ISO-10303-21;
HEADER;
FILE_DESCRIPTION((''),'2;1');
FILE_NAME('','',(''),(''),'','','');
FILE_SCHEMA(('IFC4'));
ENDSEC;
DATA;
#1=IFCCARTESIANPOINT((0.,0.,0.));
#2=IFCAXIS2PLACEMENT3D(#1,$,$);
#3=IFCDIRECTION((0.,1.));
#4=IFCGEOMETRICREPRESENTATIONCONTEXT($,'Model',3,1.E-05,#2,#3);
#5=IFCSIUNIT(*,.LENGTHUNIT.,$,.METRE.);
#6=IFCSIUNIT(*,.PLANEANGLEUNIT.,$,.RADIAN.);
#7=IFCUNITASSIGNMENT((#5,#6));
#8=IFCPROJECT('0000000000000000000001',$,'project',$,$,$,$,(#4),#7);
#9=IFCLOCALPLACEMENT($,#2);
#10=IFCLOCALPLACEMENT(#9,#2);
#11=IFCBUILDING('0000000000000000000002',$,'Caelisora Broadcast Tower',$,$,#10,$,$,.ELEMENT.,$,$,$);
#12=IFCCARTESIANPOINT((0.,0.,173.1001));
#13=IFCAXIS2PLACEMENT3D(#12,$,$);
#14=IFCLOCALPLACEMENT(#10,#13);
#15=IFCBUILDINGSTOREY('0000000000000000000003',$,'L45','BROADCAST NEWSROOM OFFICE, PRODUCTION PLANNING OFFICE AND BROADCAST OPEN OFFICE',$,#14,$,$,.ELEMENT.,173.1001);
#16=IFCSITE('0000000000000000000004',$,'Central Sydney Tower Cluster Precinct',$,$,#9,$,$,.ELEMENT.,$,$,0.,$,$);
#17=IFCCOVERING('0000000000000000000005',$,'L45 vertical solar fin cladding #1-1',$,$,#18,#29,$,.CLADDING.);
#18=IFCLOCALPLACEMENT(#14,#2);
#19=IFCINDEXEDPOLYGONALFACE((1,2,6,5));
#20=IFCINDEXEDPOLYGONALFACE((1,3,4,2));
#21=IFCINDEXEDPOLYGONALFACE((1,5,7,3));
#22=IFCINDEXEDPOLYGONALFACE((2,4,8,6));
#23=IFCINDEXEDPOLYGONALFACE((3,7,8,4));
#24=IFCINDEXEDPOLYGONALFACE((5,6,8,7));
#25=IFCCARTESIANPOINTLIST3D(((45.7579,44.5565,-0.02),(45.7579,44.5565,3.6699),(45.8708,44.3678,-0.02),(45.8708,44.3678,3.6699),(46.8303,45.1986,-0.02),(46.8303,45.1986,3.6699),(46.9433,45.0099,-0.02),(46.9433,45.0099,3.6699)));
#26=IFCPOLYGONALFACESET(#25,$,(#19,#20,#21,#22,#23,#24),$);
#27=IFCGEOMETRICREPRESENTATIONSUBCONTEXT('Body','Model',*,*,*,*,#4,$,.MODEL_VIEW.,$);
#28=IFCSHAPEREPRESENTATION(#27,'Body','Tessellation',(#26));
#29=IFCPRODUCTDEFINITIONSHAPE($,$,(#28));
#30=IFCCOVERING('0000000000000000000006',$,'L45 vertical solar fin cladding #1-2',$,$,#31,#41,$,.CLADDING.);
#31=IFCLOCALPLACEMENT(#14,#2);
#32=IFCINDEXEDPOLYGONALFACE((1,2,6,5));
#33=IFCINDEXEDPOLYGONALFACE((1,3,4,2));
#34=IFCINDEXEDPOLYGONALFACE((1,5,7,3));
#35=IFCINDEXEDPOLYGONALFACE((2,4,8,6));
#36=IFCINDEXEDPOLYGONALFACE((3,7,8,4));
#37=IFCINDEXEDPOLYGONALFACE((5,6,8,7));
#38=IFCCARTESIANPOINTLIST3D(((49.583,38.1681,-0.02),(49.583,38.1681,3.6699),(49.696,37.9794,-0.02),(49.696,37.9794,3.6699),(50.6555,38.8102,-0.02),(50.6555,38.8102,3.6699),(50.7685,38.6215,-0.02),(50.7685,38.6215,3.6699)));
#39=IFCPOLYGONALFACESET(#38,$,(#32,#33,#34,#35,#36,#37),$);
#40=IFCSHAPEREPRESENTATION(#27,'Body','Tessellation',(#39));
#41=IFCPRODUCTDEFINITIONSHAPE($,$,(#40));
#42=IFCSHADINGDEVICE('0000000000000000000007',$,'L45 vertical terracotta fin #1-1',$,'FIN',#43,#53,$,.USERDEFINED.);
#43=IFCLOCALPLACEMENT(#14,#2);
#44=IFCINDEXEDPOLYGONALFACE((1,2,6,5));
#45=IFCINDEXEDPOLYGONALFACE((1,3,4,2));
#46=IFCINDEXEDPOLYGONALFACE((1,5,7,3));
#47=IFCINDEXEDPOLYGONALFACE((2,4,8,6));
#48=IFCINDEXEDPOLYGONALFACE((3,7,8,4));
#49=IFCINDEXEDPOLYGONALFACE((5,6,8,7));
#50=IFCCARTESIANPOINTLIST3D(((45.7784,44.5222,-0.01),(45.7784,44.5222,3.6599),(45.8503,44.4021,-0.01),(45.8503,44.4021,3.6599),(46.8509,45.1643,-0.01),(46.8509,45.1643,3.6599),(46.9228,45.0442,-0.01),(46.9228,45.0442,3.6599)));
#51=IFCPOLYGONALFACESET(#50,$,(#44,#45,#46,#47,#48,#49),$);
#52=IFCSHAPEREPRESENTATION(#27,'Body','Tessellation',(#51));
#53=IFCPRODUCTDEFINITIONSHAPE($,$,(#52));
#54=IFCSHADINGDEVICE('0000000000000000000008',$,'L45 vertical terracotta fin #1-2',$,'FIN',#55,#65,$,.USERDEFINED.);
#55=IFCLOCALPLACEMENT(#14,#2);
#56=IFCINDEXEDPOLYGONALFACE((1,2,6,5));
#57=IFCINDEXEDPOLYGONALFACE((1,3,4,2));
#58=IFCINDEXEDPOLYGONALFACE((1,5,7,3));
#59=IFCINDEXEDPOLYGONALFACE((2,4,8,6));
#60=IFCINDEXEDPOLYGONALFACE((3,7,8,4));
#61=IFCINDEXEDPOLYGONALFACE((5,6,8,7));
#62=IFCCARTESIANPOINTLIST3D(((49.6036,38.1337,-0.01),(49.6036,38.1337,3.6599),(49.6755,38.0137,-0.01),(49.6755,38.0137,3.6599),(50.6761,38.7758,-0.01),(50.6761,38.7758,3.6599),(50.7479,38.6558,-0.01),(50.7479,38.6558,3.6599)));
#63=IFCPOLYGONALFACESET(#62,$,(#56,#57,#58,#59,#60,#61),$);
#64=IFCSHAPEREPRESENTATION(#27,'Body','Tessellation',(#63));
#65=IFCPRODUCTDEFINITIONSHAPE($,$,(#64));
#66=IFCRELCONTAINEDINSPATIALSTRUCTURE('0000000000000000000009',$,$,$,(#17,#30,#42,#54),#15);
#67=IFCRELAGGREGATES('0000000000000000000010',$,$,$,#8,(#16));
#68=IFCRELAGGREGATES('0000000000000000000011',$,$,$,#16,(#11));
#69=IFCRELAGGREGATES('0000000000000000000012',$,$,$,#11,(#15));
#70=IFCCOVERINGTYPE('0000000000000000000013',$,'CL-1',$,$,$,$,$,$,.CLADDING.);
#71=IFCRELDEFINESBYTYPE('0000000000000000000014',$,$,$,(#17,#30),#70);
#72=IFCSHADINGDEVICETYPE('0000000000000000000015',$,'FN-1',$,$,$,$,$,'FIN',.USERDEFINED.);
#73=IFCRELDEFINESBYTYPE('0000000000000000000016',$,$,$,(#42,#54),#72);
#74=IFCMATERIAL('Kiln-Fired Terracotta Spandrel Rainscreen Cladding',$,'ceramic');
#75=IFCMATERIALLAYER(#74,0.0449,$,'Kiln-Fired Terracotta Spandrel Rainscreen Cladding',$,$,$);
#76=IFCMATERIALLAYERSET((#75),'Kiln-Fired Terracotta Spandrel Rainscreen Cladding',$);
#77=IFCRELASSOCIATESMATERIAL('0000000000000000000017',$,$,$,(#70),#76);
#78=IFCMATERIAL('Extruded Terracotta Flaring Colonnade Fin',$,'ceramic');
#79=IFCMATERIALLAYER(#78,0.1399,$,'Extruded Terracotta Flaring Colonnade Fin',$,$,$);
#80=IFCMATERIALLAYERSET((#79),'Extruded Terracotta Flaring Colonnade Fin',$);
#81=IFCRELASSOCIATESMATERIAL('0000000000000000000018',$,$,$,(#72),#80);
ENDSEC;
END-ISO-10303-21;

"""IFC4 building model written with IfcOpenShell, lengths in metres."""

from ifc_helpers import new_model, si_unit, direction, frame, origin, origin_2d, place, context, subcontext, project, spatial, rectangle, extrude, source, transform, mapped, material, layer, layer_set, type_object, type_shapes, element, save


model = new_model("IFC4")

# Units and contexts
model_context = context("Model", 3, precision=1e-05, world=origin(), true_north=direction((0.0, 1.0)))
body_context = subcontext(model_context, "Body", "Model", "MODEL_VIEW")
ifc_project = project(units=[si_unit("LENGTHUNIT", "METRE"), si_unit("PLANEANGLEUNIT", "RADIAN")], contexts=[model_context])

# Site, building, storey
site_placement = place(None, origin())
site = spatial("IfcSite", under=ifc_project, at=site_placement, Name="Central Sydney Tower Cluster Precinct", CompositionType="ELEMENT", RefElevation=0.0)
building_placement = place(site_placement, origin())
building = spatial("IfcBuilding", under=site, at=building_placement, Name="Caelisora Broadcast Tower", CompositionType="ELEMENT")
storey_placement = place(building_placement, frame((0.0, 0.0, 173.1001)))
storey = spatial("IfcBuildingStorey", under=building, at=storey_placement, Name="L45", Description="BROADCAST NEWSROOM OFFICE, PRODUCTION PLANNING OFFICE AND BROADCAST OPEN OFFICE", CompositionType="ELEMENT", Elevation=173.1001)

# Coverings
ifc_material_1 = material(Name="Kiln-Fired Terracotta Spandrel Rainscreen Cladding", Category="ceramic")
ifc_layer_1 = layer(ifc_material_1, 0.0449, Name="Kiln-Fired Terracotta Spandrel Rainscreen Cladding")
ifc_layer_set_1 = layer_set([ifc_layer_1], Name="Kiln-Fired Terracotta Spandrel Rainscreen Cladding")
covering_type = type_object("IfcCoveringType", Name="CL-1", PredefinedType="CLADDING", material=ifc_layer_set_1)
shared_shape_1 = source(origin(), body_context, "Body", "SweptSolid", [
    extrude(rectangle(XDim=0.22, YDim=1.25, at=origin_2d()), origin(), (0.0, 0.0, 1.0), 3.6899),
])
type_shapes(covering_type, [shared_shape_1])
for number, where, z_axis, x_axis, name in (
    (1, (46.3506, 44.7832, -0.02), (0.0, 0.0, 1.0), (0.513691, -0.857975, 0.0), "L45 vertical solar fin cladding #1-1"),
    (2, (50.1758, 38.3948, -0.02), (0.0, 0.0, 1.0), (0.513691, -0.857975, 0.0), "L45 vertical solar fin cladding #1-2"),
):
    element("IfcCovering", number, at=place(storey_placement, frame(where, z_axis=z_axis, x_axis=x_axis)), inside=storey, type_object=covering_type, Name=name, PredefinedType="CLADDING", context=body_context, shape_type="MappedRepresentation", body=[
        mapped(shared_shape_1, transform((0.0, 0.0, 0.0), scale=1.0)),
    ])

# Shading devices
ifc_material_2 = material(Name="Extruded Terracotta Flaring Colonnade Fin", Category="ceramic")
ifc_layer_2 = layer(ifc_material_2, 0.1399, Name="Extruded Terracotta Flaring Colonnade Fin")
ifc_layer_set_2 = layer_set([ifc_layer_2], Name="Extruded Terracotta Flaring Colonnade Fin")
shading_device_type = type_object("IfcShadingDeviceType", Name="FN-1", ElementType="FIN", PredefinedType="USERDEFINED", material=ifc_layer_set_2)
shared_shape_2 = source(origin(), body_context, "Body", "SweptSolid", [
    extrude(rectangle(XDim=0.1399, YDim=1.25, at=origin_2d()), origin(), (0.0, 0.0, 1.0), 3.6699),
])
type_shapes(shading_device_type, [shared_shape_2])
for number, where, z_axis, x_axis, name in (
    (3, (46.3506, 44.7832, -0.01), (0.0, 0.0, 1.0), (0.513691, -0.857975, 0.0), "L45 vertical terracotta fin #1-1"),
    (4, (50.1758, 38.3948, -0.01), (0.0, 0.0, 1.0), (0.513691, -0.857975, 0.0), "L45 vertical terracotta fin #1-2"),
):
    element("IfcShadingDevice", number, at=place(storey_placement, frame(where, z_axis=z_axis, x_axis=x_axis)), inside=storey, type_object=shading_device_type, Name=name, ObjectType="FIN", PredefinedType="USERDEFINED", context=body_context, shape_type="MappedRepresentation", body=[
        mapped(shared_shape_2, transform((0.0, 0.0, 0.0), scale=1.0)),
    ])

save(model, "model.ifc")
